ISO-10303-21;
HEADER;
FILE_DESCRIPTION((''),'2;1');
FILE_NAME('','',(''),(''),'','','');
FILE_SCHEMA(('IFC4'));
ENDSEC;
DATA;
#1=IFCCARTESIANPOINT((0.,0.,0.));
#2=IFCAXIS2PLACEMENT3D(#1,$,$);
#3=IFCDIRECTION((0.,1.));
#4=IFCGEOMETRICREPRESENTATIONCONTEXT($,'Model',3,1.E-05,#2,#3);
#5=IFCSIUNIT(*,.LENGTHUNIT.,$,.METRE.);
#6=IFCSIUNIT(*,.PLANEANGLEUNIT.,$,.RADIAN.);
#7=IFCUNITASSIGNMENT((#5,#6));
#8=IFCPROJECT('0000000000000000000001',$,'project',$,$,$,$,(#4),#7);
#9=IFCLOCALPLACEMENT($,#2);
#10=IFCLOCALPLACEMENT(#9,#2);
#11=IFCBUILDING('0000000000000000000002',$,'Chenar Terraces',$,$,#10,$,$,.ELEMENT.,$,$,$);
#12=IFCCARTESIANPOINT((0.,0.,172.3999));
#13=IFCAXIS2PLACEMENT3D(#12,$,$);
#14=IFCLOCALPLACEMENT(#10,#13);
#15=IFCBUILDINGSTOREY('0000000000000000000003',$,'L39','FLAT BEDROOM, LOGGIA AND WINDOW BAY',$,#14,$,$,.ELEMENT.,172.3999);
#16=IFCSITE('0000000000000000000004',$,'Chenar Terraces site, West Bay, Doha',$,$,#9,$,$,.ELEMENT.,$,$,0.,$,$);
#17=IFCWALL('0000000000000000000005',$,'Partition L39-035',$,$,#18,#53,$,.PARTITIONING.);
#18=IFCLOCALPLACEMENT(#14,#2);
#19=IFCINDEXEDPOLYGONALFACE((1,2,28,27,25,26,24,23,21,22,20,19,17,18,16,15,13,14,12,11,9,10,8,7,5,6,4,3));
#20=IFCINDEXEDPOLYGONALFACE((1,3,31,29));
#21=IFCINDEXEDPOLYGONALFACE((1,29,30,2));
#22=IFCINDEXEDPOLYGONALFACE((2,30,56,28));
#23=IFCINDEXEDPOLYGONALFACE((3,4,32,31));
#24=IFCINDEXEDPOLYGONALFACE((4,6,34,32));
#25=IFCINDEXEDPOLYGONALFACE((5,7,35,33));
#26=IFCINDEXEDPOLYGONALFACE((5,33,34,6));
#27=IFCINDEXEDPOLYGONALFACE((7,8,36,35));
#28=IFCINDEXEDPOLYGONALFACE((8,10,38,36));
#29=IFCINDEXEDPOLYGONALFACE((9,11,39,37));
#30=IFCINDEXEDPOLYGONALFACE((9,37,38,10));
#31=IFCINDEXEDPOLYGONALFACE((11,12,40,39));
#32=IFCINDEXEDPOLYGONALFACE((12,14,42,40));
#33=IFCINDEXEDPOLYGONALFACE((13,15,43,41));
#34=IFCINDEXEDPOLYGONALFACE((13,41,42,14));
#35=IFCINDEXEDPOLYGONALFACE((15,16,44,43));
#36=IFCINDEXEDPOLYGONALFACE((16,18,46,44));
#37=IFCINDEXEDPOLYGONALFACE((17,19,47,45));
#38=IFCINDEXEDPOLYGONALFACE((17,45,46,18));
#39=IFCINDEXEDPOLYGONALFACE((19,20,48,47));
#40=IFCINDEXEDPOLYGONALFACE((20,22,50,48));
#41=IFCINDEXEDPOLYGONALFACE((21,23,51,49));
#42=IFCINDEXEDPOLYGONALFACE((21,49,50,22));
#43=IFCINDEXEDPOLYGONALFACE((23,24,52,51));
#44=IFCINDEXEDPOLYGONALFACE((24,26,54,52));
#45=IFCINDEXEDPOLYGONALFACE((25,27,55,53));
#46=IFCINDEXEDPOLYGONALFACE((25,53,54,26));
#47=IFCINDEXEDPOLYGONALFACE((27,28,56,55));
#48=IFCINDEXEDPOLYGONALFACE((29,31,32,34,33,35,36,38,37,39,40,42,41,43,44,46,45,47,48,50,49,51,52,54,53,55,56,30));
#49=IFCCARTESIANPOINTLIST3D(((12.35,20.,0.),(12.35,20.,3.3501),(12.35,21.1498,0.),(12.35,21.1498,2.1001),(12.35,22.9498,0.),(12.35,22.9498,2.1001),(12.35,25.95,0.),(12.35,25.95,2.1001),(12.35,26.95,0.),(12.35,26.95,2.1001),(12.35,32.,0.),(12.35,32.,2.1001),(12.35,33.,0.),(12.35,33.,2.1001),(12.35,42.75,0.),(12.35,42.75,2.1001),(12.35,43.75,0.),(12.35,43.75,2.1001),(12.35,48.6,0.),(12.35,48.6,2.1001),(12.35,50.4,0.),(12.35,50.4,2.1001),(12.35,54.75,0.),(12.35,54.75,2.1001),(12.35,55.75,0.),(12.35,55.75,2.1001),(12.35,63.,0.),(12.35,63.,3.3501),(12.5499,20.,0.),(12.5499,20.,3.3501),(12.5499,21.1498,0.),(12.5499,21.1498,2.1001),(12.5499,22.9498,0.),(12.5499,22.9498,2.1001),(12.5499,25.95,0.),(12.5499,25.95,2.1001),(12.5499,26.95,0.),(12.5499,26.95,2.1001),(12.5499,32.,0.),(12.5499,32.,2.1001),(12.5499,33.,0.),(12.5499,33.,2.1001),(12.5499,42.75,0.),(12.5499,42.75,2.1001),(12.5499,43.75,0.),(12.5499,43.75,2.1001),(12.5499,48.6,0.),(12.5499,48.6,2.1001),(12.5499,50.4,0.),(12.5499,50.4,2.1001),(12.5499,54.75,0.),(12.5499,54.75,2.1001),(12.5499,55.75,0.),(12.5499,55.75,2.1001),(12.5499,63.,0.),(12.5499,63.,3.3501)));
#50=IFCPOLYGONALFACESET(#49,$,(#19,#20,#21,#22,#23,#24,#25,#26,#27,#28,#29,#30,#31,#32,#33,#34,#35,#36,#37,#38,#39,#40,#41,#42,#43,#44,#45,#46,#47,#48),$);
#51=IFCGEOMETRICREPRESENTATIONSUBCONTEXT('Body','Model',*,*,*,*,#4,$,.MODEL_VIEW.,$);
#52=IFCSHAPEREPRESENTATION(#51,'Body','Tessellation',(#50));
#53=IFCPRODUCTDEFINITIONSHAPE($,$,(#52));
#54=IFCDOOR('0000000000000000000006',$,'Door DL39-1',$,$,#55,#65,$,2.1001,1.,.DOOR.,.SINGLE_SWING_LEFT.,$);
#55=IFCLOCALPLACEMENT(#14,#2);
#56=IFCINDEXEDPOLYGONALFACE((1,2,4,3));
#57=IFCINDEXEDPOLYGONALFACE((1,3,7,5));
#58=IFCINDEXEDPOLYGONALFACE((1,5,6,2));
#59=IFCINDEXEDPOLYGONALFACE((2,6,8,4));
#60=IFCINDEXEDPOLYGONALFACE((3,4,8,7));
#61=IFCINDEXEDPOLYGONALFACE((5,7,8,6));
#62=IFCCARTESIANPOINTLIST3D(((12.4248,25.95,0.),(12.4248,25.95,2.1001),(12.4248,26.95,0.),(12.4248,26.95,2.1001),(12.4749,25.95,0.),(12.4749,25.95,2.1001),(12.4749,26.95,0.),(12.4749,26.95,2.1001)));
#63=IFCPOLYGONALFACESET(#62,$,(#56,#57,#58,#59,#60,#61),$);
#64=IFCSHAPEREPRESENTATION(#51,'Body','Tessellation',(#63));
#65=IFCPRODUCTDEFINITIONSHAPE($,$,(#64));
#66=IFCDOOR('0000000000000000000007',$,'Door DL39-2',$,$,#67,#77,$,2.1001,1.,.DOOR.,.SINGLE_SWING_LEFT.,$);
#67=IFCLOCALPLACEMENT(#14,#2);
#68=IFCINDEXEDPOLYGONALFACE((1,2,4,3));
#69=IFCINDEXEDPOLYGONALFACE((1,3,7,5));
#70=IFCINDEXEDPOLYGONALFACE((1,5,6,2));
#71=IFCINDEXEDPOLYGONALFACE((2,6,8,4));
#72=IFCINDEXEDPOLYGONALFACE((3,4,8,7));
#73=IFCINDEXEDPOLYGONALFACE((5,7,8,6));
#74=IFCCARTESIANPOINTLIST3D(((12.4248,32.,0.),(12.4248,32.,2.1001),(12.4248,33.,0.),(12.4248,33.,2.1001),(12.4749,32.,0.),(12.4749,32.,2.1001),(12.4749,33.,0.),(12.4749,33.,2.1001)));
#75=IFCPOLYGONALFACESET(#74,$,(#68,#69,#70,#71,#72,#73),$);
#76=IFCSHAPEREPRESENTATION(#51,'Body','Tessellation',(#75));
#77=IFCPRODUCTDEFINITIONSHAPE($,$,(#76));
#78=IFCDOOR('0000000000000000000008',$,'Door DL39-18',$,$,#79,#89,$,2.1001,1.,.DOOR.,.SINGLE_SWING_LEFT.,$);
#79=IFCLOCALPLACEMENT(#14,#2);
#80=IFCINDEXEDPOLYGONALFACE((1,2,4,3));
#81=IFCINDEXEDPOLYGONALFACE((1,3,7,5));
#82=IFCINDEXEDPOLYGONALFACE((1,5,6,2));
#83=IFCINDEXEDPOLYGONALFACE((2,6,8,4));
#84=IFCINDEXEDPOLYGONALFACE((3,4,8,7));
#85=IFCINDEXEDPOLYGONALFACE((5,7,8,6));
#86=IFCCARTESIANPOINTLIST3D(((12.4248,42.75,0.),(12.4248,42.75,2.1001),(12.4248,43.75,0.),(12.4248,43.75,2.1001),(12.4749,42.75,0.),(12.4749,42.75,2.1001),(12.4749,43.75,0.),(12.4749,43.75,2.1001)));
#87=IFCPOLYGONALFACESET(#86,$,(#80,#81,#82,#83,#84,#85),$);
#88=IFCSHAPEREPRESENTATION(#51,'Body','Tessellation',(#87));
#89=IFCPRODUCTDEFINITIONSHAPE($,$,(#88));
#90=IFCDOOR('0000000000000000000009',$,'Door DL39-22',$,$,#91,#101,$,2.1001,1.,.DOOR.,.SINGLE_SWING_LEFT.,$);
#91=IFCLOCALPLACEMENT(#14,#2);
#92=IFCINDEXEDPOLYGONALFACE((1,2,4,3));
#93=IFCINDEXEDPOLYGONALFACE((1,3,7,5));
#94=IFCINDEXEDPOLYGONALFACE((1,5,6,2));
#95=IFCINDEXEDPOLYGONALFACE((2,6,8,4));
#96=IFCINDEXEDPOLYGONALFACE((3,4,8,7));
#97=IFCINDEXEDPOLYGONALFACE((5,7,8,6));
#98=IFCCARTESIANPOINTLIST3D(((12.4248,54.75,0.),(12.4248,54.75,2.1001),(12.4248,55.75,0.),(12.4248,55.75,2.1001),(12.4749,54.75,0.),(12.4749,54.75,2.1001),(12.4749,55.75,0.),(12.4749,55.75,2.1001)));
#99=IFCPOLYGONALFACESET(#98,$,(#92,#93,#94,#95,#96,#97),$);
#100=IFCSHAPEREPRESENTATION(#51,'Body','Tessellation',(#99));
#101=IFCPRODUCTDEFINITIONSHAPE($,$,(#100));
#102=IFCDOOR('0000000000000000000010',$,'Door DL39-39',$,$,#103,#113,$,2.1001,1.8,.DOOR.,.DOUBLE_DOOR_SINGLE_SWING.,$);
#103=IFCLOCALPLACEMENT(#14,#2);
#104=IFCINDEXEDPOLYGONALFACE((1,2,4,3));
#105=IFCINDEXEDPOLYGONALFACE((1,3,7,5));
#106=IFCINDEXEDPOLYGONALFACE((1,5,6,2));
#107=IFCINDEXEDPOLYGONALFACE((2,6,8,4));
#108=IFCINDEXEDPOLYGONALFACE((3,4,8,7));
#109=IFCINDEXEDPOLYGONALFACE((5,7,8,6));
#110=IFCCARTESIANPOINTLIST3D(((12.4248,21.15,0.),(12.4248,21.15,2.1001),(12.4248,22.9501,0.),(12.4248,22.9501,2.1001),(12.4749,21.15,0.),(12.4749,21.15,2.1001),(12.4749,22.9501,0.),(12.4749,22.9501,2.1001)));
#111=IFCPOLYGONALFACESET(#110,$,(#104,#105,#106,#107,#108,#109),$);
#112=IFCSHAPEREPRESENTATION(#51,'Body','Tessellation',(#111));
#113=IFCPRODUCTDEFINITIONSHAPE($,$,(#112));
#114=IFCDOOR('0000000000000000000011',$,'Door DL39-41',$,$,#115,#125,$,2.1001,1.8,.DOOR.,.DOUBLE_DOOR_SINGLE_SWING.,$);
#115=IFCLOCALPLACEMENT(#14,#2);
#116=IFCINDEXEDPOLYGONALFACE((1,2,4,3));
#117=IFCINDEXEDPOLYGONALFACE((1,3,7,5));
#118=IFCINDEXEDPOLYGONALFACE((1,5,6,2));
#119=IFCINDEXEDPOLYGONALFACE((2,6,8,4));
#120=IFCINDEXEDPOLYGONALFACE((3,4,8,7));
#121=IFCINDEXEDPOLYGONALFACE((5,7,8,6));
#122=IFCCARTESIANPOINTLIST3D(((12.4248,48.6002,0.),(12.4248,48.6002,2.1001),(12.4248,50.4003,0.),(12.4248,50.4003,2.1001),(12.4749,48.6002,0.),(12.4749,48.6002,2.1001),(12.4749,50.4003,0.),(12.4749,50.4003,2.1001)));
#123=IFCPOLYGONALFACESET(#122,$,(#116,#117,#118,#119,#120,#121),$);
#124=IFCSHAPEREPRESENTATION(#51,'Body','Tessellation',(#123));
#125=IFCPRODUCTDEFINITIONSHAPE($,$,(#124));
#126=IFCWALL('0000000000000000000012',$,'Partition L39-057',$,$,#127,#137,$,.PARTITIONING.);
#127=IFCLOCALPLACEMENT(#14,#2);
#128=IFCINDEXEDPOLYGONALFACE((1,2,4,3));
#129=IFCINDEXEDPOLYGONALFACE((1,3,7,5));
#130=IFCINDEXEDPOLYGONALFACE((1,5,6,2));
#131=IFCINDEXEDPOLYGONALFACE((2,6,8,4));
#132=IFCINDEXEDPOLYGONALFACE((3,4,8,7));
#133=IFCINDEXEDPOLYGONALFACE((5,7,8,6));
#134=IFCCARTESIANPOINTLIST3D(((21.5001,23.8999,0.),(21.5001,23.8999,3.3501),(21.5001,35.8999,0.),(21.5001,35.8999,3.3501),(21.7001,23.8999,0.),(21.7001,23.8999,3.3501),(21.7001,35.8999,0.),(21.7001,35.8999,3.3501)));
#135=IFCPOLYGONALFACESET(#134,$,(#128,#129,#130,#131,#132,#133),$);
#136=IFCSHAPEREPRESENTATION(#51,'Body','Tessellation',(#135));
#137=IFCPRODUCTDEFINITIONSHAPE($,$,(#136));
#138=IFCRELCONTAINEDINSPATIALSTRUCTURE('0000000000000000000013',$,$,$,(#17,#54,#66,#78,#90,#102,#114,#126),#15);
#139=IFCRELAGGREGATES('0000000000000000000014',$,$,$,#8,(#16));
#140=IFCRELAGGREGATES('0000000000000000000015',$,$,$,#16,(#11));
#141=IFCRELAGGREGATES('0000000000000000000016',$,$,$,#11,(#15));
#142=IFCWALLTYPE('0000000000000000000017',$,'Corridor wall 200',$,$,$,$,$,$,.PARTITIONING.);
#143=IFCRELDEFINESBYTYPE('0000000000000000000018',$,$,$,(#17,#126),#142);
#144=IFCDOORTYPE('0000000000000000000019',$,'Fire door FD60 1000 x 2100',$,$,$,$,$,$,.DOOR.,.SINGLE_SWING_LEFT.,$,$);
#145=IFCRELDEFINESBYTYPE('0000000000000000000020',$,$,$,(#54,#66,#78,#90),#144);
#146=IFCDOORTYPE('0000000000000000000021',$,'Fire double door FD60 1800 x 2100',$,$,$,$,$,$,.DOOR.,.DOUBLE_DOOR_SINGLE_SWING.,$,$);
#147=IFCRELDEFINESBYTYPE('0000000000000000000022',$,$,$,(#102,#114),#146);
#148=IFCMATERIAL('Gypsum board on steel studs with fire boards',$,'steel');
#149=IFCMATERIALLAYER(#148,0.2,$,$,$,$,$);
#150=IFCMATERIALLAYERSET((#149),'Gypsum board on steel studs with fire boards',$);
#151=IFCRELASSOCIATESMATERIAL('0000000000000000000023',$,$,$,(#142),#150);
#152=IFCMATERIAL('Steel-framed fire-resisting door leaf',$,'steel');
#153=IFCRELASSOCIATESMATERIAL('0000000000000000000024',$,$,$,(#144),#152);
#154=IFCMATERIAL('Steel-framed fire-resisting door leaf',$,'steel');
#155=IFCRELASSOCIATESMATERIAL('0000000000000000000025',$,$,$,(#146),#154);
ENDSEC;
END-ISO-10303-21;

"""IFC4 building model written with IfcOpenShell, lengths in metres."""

from ifc_helpers import new_model, si_unit, direction, frame, frame_2d, origin, place, context, subcontext, project, spatial, rectangle, extrude, material, layer, layer_set, type_object, element, fill, save


model = new_model("IFC4")

# Units and contexts
model_context = context("Model", 3, precision=1e-05, world=origin(), true_north=direction((0.0, 1.0)))
body_context = subcontext(model_context, "Body", "Model", "MODEL_VIEW")
ifc_project = project(units=[si_unit("LENGTHUNIT", "METRE"), si_unit("PLANEANGLEUNIT", "RADIAN")], contexts=[model_context])

# Site, building, storey
site_placement = place(None, origin())
site = spatial("IfcSite", under=ifc_project, at=site_placement, Name="Chenar Terraces site, West Bay, Doha", CompositionType="ELEMENT", RefElevation=0.0)
building_placement = place(site_placement, origin())
building = spatial("IfcBuilding", under=site, at=building_placement, Name="Chenar Terraces", CompositionType="ELEMENT")
storey_placement = place(building_placement, frame((0.0, 0.0, 172.3999)))
storey = spatial("IfcBuildingStorey", under=building, at=storey_placement, Name="L39", Description="FLAT BEDROOM, LOGGIA AND WINDOW BAY", CompositionType="ELEMENT", Elevation=172.3999)

# Wall, openings, doors
ifc_material_1 = material(Name="Gypsum board on steel studs with fire boards", Category="steel")
ifc_layer_1 = layer(ifc_material_1, 0.2)
ifc_layer_set_1 = layer_set([ifc_layer_1], Name="Gypsum board on steel studs with fire boards")
wall_type_1 = type_object("IfcWallType", Name="Corridor wall 200", PredefinedType="PARTITIONING", material=ifc_layer_set_1)
wall_1_placement = place(storey_placement, frame((12.45, 20.0, 0.0), z_axis=(0.0, 0.0, 1.0), x_axis=(0.0, 1.0, 0.0)))
wall_1 = element("IfcWall", 1, at=wall_1_placement, inside=storey, type_object=wall_type_1, Name="Partition L39-035", PredefinedType="PARTITIONING", context=body_context, shape_type="SweptSolid", body=[
    extrude(rectangle(XDim=43.0, YDim=0.2, at=frame_2d((21.5, 0.0))), origin(), (0.0, 0.0, 1.0), 3.3501),
])
opening_1_placement = place(wall_1_placement, frame((5.95, 0.0, 0.0)))
opening_1 = element("IfcOpeningElement", 2, at=opening_1_placement, cuts=wall_1, PredefinedType="OPENING", context=body_context, shape_type="SweptSolid", body=[
    extrude(rectangle(XDim=1.0, YDim=2.1001, at=frame_2d((0.5, 1.05))), frame((0.0, 0.1099, 0.0), z_axis=(0.0, -1.0, 0.0), x_axis=(1.0, 0.0, 0.0)), (0.0, 0.0, 1.0), 0.22),
])
opening_2_placement = place(wall_1_placement, frame((12.0, 0.0, 0.0)))
opening_2 = element("IfcOpeningElement", 3, at=opening_2_placement, cuts=wall_1, PredefinedType="OPENING", context=body_context, shape_type="SweptSolid", body=[
    extrude(rectangle(XDim=1.0, YDim=2.1001, at=frame_2d((0.5, 1.05))), frame((0.0, 0.1099, 0.0), z_axis=(0.0, -1.0, 0.0), x_axis=(1.0, 0.0, 0.0)), (0.0, 0.0, 1.0), 0.22),
])
opening_3_placement = place(wall_1_placement, frame((22.75, 0.0, 0.0)))
opening_3 = element("IfcOpeningElement", 4, at=opening_3_placement, cuts=wall_1, PredefinedType="OPENING", context=body_context, shape_type="SweptSolid", body=[
    extrude(rectangle(XDim=1.0, YDim=2.1001, at=frame_2d((0.5, 1.05))), frame((0.0, 0.1099, 0.0), z_axis=(0.0, -1.0, 0.0), x_axis=(1.0, 0.0, 0.0)), (0.0, 0.0, 1.0), 0.22),
])
opening_4_placement = place(wall_1_placement, frame((34.75, 0.0, 0.0)))
opening_4 = element("IfcOpeningElement", 5, at=opening_4_placement, cuts=wall_1, PredefinedType="OPENING", context=body_context, shape_type="SweptSolid", body=[
    extrude(rectangle(XDim=1.0, YDim=2.1001, at=frame_2d((0.5, 1.05))), frame((0.0, 0.1099, 0.0), z_axis=(0.0, -1.0, 0.0), x_axis=(1.0, 0.0, 0.0)), (0.0, 0.0, 1.0), 0.22),
])
opening_5_placement = place(wall_1_placement, frame((1.1499, 0.0, 0.0)))
opening_5 = element("IfcOpeningElement", 6, at=opening_5_placement, cuts=wall_1, PredefinedType="OPENING", context=body_context, shape_type="SweptSolid", body=[
    extrude(rectangle(XDim=1.8, YDim=2.1001, at=frame_2d((0.8999, 1.05))), frame((0.0, 0.1099, 0.0), z_axis=(0.0, -1.0, 0.0), x_axis=(1.0, 0.0, 0.0)), (0.0, 0.0, 1.0), 0.22),
])
opening_6_placement = place(wall_1_placement, frame((28.6001, 0.0, 0.0)))
opening_6 = element("IfcOpeningElement", 7, at=opening_6_placement, cuts=wall_1, PredefinedType="OPENING", context=body_context, shape_type="SweptSolid", body=[
    extrude(rectangle(XDim=1.8, YDim=2.1001, at=frame_2d((0.8999, 1.05))), frame((0.0, 0.1099, 0.0), z_axis=(0.0, -1.0, 0.0), x_axis=(1.0, 0.0, 0.0)), (0.0, 0.0, 1.0), 0.22),
])
ifc_material_2 = material(Name="Steel-framed fire-resisting door leaf", Category="steel")
door_type_1 = type_object("IfcDoorType", Name="Fire door FD60 1000 x 2100", OperationType="SINGLE_SWING_LEFT", PredefinedType="DOOR", material=ifc_material_2)
door_1_placement = place(opening_1_placement, frame((1.0, 0.0, 0.0), z_axis=(0.0, 0.0, 1.0), x_axis=(-1.0, 0.0, 0.0)))
door_1 = element("IfcDoor", 8, at=door_1_placement, inside=storey, type_object=door_type_1, Name="Door DL39-1", OperationType="SINGLE_SWING_LEFT", OverallHeight=2.1001, OverallWidth=1.0, PredefinedType="DOOR", context=body_context, shape_type="SweptSolid", body=[
    extrude(rectangle(XDim=1.0, YDim=2.1001, at=frame_2d((0.5, 1.05))), frame((0.0, 0.0249, 0.0), z_axis=(0.0, -1.0, 0.0), x_axis=(1.0, 0.0, 0.0)), (0.0, 0.0, 1.0), 0.05),
])
fill(opening_1, door_1)
door_2_placement = place(opening_2_placement, frame((1.0, 0.0, 0.0), z_axis=(0.0, 0.0, 1.0), x_axis=(-1.0, 0.0, 0.0)))
door_2 = element("IfcDoor", 9, at=door_2_placement, inside=storey, type_object=door_type_1, Name="Door DL39-2", OperationType="SINGLE_SWING_LEFT", OverallHeight=2.1001, OverallWidth=1.0, PredefinedType="DOOR", context=body_context, shape_type="SweptSolid", body=[
    extrude(rectangle(XDim=1.0, YDim=2.1001, at=frame_2d((0.5, 1.05))), frame((0.0, 0.0249, 0.0), z_axis=(0.0, -1.0, 0.0), x_axis=(1.0, 0.0, 0.0)), (0.0, 0.0, 1.0), 0.05),
])
fill(opening_2, door_2)
door_3_placement = place(opening_3_placement, frame((1.0, 0.0, 0.0), z_axis=(0.0, 0.0, 1.0), x_axis=(-1.0, 0.0, 0.0)))
door_3 = element("IfcDoor", 10, at=door_3_placement, inside=storey, type_object=door_type_1, Name="Door DL39-18", OperationType="SINGLE_SWING_LEFT", OverallHeight=2.1001, OverallWidth=1.0, PredefinedType="DOOR", context=body_context, shape_type="SweptSolid", body=[
    extrude(rectangle(XDim=1.0, YDim=2.1001, at=frame_2d((0.5, 1.05))), frame((0.0, 0.0249, 0.0), z_axis=(0.0, -1.0, 0.0), x_axis=(1.0, 0.0, 0.0)), (0.0, 0.0, 1.0), 0.05),
])
fill(opening_3, door_3)
door_4_placement = place(opening_4_placement, frame((1.0, 0.0, 0.0), z_axis=(0.0, 0.0, 1.0), x_axis=(-1.0, 0.0, 0.0)))
door_4 = element("IfcDoor", 11, at=door_4_placement, inside=storey, type_object=door_type_1, Name="Door DL39-22", OperationType="SINGLE_SWING_LEFT", OverallHeight=2.1001, OverallWidth=1.0, PredefinedType="DOOR", context=body_context, shape_type="SweptSolid", body=[
    extrude(rectangle(XDim=1.0, YDim=2.1001, at=frame_2d((0.5, 1.05))), frame((0.0, 0.0249, 0.0), z_axis=(0.0, -1.0, 0.0), x_axis=(1.0, 0.0, 0.0)), (0.0, 0.0, 1.0), 0.05),
])
fill(opening_4, door_4)
ifc_material_3 = material(Name="Steel-framed fire-resisting door leaf", Category="steel")
door_type_2 = type_object("IfcDoorType", Name="Fire double door FD60 1800 x 2100", OperationType="DOUBLE_DOOR_SINGLE_SWING", PredefinedType="DOOR", material=ifc_material_3)
door_5_placement = place(opening_5_placement, frame((1.8, 0.0, 0.0), z_axis=(0.0, 0.0, 1.0), x_axis=(-1.0, 0.0, 0.0)))
door_5 = element("IfcDoor", 12, at=door_5_placement, inside=storey, type_object=door_type_2, Name="Door DL39-39", OperationType="DOUBLE_DOOR_SINGLE_SWING", OverallHeight=2.1001, OverallWidth=1.8, PredefinedType="DOOR", context=body_context, shape_type="SweptSolid", body=[
    extrude(rectangle(XDim=1.8, YDim=2.1001, at=frame_2d((0.8999, 1.05))), frame((0.0, 0.0249, 0.0), z_axis=(0.0, -1.0, 0.0), x_axis=(1.0, 0.0, 0.0)), (0.0, 0.0, 1.0), 0.05),
])
fill(opening_5, door_5)
door_6_placement = place(opening_6_placement, frame((1.8, 0.0, 0.0), z_axis=(0.0, 0.0, 1.0), x_axis=(-1.0, 0.0, 0.0)))
door_6 = element("IfcDoor", 13, at=door_6_placement, inside=storey, type_object=door_type_2, Name="Door DL39-41", OperationType="DOUBLE_DOOR_SINGLE_SWING", OverallHeight=2.1001, OverallWidth=1.8, PredefinedType="DOOR", context=body_context, shape_type="SweptSolid", body=[
    extrude(rectangle(XDim=1.8, YDim=2.1001, at=frame_2d((0.8999, 1.05))), frame((0.0, 0.0249, 0.0), z_axis=(0.0, -1.0, 0.0), x_axis=(1.0, 0.0, 0.0)), (0.0, 0.0, 1.0), 0.05),
])
fill(opening_6, door_6)

# Wall
wall_2_placement = place(storey_placement, frame((21.6001, 23.8999, 0.0), z_axis=(0.0, 0.0, 1.0), x_axis=(0.0, 1.0, 0.0)))
element("IfcWall", 14, at=wall_2_placement, inside=storey, type_object=wall_type_1, Name="Partition L39-057", PredefinedType="PARTITIONING", context=body_context, shape_type="SweptSolid", body=[
    extrude(rectangle(XDim=12.0, YDim=0.2, at=frame_2d((6.0, 0.0))), origin(), (0.0, 0.0, 1.0), 3.3501),
])

save(model, "model.ifc")
